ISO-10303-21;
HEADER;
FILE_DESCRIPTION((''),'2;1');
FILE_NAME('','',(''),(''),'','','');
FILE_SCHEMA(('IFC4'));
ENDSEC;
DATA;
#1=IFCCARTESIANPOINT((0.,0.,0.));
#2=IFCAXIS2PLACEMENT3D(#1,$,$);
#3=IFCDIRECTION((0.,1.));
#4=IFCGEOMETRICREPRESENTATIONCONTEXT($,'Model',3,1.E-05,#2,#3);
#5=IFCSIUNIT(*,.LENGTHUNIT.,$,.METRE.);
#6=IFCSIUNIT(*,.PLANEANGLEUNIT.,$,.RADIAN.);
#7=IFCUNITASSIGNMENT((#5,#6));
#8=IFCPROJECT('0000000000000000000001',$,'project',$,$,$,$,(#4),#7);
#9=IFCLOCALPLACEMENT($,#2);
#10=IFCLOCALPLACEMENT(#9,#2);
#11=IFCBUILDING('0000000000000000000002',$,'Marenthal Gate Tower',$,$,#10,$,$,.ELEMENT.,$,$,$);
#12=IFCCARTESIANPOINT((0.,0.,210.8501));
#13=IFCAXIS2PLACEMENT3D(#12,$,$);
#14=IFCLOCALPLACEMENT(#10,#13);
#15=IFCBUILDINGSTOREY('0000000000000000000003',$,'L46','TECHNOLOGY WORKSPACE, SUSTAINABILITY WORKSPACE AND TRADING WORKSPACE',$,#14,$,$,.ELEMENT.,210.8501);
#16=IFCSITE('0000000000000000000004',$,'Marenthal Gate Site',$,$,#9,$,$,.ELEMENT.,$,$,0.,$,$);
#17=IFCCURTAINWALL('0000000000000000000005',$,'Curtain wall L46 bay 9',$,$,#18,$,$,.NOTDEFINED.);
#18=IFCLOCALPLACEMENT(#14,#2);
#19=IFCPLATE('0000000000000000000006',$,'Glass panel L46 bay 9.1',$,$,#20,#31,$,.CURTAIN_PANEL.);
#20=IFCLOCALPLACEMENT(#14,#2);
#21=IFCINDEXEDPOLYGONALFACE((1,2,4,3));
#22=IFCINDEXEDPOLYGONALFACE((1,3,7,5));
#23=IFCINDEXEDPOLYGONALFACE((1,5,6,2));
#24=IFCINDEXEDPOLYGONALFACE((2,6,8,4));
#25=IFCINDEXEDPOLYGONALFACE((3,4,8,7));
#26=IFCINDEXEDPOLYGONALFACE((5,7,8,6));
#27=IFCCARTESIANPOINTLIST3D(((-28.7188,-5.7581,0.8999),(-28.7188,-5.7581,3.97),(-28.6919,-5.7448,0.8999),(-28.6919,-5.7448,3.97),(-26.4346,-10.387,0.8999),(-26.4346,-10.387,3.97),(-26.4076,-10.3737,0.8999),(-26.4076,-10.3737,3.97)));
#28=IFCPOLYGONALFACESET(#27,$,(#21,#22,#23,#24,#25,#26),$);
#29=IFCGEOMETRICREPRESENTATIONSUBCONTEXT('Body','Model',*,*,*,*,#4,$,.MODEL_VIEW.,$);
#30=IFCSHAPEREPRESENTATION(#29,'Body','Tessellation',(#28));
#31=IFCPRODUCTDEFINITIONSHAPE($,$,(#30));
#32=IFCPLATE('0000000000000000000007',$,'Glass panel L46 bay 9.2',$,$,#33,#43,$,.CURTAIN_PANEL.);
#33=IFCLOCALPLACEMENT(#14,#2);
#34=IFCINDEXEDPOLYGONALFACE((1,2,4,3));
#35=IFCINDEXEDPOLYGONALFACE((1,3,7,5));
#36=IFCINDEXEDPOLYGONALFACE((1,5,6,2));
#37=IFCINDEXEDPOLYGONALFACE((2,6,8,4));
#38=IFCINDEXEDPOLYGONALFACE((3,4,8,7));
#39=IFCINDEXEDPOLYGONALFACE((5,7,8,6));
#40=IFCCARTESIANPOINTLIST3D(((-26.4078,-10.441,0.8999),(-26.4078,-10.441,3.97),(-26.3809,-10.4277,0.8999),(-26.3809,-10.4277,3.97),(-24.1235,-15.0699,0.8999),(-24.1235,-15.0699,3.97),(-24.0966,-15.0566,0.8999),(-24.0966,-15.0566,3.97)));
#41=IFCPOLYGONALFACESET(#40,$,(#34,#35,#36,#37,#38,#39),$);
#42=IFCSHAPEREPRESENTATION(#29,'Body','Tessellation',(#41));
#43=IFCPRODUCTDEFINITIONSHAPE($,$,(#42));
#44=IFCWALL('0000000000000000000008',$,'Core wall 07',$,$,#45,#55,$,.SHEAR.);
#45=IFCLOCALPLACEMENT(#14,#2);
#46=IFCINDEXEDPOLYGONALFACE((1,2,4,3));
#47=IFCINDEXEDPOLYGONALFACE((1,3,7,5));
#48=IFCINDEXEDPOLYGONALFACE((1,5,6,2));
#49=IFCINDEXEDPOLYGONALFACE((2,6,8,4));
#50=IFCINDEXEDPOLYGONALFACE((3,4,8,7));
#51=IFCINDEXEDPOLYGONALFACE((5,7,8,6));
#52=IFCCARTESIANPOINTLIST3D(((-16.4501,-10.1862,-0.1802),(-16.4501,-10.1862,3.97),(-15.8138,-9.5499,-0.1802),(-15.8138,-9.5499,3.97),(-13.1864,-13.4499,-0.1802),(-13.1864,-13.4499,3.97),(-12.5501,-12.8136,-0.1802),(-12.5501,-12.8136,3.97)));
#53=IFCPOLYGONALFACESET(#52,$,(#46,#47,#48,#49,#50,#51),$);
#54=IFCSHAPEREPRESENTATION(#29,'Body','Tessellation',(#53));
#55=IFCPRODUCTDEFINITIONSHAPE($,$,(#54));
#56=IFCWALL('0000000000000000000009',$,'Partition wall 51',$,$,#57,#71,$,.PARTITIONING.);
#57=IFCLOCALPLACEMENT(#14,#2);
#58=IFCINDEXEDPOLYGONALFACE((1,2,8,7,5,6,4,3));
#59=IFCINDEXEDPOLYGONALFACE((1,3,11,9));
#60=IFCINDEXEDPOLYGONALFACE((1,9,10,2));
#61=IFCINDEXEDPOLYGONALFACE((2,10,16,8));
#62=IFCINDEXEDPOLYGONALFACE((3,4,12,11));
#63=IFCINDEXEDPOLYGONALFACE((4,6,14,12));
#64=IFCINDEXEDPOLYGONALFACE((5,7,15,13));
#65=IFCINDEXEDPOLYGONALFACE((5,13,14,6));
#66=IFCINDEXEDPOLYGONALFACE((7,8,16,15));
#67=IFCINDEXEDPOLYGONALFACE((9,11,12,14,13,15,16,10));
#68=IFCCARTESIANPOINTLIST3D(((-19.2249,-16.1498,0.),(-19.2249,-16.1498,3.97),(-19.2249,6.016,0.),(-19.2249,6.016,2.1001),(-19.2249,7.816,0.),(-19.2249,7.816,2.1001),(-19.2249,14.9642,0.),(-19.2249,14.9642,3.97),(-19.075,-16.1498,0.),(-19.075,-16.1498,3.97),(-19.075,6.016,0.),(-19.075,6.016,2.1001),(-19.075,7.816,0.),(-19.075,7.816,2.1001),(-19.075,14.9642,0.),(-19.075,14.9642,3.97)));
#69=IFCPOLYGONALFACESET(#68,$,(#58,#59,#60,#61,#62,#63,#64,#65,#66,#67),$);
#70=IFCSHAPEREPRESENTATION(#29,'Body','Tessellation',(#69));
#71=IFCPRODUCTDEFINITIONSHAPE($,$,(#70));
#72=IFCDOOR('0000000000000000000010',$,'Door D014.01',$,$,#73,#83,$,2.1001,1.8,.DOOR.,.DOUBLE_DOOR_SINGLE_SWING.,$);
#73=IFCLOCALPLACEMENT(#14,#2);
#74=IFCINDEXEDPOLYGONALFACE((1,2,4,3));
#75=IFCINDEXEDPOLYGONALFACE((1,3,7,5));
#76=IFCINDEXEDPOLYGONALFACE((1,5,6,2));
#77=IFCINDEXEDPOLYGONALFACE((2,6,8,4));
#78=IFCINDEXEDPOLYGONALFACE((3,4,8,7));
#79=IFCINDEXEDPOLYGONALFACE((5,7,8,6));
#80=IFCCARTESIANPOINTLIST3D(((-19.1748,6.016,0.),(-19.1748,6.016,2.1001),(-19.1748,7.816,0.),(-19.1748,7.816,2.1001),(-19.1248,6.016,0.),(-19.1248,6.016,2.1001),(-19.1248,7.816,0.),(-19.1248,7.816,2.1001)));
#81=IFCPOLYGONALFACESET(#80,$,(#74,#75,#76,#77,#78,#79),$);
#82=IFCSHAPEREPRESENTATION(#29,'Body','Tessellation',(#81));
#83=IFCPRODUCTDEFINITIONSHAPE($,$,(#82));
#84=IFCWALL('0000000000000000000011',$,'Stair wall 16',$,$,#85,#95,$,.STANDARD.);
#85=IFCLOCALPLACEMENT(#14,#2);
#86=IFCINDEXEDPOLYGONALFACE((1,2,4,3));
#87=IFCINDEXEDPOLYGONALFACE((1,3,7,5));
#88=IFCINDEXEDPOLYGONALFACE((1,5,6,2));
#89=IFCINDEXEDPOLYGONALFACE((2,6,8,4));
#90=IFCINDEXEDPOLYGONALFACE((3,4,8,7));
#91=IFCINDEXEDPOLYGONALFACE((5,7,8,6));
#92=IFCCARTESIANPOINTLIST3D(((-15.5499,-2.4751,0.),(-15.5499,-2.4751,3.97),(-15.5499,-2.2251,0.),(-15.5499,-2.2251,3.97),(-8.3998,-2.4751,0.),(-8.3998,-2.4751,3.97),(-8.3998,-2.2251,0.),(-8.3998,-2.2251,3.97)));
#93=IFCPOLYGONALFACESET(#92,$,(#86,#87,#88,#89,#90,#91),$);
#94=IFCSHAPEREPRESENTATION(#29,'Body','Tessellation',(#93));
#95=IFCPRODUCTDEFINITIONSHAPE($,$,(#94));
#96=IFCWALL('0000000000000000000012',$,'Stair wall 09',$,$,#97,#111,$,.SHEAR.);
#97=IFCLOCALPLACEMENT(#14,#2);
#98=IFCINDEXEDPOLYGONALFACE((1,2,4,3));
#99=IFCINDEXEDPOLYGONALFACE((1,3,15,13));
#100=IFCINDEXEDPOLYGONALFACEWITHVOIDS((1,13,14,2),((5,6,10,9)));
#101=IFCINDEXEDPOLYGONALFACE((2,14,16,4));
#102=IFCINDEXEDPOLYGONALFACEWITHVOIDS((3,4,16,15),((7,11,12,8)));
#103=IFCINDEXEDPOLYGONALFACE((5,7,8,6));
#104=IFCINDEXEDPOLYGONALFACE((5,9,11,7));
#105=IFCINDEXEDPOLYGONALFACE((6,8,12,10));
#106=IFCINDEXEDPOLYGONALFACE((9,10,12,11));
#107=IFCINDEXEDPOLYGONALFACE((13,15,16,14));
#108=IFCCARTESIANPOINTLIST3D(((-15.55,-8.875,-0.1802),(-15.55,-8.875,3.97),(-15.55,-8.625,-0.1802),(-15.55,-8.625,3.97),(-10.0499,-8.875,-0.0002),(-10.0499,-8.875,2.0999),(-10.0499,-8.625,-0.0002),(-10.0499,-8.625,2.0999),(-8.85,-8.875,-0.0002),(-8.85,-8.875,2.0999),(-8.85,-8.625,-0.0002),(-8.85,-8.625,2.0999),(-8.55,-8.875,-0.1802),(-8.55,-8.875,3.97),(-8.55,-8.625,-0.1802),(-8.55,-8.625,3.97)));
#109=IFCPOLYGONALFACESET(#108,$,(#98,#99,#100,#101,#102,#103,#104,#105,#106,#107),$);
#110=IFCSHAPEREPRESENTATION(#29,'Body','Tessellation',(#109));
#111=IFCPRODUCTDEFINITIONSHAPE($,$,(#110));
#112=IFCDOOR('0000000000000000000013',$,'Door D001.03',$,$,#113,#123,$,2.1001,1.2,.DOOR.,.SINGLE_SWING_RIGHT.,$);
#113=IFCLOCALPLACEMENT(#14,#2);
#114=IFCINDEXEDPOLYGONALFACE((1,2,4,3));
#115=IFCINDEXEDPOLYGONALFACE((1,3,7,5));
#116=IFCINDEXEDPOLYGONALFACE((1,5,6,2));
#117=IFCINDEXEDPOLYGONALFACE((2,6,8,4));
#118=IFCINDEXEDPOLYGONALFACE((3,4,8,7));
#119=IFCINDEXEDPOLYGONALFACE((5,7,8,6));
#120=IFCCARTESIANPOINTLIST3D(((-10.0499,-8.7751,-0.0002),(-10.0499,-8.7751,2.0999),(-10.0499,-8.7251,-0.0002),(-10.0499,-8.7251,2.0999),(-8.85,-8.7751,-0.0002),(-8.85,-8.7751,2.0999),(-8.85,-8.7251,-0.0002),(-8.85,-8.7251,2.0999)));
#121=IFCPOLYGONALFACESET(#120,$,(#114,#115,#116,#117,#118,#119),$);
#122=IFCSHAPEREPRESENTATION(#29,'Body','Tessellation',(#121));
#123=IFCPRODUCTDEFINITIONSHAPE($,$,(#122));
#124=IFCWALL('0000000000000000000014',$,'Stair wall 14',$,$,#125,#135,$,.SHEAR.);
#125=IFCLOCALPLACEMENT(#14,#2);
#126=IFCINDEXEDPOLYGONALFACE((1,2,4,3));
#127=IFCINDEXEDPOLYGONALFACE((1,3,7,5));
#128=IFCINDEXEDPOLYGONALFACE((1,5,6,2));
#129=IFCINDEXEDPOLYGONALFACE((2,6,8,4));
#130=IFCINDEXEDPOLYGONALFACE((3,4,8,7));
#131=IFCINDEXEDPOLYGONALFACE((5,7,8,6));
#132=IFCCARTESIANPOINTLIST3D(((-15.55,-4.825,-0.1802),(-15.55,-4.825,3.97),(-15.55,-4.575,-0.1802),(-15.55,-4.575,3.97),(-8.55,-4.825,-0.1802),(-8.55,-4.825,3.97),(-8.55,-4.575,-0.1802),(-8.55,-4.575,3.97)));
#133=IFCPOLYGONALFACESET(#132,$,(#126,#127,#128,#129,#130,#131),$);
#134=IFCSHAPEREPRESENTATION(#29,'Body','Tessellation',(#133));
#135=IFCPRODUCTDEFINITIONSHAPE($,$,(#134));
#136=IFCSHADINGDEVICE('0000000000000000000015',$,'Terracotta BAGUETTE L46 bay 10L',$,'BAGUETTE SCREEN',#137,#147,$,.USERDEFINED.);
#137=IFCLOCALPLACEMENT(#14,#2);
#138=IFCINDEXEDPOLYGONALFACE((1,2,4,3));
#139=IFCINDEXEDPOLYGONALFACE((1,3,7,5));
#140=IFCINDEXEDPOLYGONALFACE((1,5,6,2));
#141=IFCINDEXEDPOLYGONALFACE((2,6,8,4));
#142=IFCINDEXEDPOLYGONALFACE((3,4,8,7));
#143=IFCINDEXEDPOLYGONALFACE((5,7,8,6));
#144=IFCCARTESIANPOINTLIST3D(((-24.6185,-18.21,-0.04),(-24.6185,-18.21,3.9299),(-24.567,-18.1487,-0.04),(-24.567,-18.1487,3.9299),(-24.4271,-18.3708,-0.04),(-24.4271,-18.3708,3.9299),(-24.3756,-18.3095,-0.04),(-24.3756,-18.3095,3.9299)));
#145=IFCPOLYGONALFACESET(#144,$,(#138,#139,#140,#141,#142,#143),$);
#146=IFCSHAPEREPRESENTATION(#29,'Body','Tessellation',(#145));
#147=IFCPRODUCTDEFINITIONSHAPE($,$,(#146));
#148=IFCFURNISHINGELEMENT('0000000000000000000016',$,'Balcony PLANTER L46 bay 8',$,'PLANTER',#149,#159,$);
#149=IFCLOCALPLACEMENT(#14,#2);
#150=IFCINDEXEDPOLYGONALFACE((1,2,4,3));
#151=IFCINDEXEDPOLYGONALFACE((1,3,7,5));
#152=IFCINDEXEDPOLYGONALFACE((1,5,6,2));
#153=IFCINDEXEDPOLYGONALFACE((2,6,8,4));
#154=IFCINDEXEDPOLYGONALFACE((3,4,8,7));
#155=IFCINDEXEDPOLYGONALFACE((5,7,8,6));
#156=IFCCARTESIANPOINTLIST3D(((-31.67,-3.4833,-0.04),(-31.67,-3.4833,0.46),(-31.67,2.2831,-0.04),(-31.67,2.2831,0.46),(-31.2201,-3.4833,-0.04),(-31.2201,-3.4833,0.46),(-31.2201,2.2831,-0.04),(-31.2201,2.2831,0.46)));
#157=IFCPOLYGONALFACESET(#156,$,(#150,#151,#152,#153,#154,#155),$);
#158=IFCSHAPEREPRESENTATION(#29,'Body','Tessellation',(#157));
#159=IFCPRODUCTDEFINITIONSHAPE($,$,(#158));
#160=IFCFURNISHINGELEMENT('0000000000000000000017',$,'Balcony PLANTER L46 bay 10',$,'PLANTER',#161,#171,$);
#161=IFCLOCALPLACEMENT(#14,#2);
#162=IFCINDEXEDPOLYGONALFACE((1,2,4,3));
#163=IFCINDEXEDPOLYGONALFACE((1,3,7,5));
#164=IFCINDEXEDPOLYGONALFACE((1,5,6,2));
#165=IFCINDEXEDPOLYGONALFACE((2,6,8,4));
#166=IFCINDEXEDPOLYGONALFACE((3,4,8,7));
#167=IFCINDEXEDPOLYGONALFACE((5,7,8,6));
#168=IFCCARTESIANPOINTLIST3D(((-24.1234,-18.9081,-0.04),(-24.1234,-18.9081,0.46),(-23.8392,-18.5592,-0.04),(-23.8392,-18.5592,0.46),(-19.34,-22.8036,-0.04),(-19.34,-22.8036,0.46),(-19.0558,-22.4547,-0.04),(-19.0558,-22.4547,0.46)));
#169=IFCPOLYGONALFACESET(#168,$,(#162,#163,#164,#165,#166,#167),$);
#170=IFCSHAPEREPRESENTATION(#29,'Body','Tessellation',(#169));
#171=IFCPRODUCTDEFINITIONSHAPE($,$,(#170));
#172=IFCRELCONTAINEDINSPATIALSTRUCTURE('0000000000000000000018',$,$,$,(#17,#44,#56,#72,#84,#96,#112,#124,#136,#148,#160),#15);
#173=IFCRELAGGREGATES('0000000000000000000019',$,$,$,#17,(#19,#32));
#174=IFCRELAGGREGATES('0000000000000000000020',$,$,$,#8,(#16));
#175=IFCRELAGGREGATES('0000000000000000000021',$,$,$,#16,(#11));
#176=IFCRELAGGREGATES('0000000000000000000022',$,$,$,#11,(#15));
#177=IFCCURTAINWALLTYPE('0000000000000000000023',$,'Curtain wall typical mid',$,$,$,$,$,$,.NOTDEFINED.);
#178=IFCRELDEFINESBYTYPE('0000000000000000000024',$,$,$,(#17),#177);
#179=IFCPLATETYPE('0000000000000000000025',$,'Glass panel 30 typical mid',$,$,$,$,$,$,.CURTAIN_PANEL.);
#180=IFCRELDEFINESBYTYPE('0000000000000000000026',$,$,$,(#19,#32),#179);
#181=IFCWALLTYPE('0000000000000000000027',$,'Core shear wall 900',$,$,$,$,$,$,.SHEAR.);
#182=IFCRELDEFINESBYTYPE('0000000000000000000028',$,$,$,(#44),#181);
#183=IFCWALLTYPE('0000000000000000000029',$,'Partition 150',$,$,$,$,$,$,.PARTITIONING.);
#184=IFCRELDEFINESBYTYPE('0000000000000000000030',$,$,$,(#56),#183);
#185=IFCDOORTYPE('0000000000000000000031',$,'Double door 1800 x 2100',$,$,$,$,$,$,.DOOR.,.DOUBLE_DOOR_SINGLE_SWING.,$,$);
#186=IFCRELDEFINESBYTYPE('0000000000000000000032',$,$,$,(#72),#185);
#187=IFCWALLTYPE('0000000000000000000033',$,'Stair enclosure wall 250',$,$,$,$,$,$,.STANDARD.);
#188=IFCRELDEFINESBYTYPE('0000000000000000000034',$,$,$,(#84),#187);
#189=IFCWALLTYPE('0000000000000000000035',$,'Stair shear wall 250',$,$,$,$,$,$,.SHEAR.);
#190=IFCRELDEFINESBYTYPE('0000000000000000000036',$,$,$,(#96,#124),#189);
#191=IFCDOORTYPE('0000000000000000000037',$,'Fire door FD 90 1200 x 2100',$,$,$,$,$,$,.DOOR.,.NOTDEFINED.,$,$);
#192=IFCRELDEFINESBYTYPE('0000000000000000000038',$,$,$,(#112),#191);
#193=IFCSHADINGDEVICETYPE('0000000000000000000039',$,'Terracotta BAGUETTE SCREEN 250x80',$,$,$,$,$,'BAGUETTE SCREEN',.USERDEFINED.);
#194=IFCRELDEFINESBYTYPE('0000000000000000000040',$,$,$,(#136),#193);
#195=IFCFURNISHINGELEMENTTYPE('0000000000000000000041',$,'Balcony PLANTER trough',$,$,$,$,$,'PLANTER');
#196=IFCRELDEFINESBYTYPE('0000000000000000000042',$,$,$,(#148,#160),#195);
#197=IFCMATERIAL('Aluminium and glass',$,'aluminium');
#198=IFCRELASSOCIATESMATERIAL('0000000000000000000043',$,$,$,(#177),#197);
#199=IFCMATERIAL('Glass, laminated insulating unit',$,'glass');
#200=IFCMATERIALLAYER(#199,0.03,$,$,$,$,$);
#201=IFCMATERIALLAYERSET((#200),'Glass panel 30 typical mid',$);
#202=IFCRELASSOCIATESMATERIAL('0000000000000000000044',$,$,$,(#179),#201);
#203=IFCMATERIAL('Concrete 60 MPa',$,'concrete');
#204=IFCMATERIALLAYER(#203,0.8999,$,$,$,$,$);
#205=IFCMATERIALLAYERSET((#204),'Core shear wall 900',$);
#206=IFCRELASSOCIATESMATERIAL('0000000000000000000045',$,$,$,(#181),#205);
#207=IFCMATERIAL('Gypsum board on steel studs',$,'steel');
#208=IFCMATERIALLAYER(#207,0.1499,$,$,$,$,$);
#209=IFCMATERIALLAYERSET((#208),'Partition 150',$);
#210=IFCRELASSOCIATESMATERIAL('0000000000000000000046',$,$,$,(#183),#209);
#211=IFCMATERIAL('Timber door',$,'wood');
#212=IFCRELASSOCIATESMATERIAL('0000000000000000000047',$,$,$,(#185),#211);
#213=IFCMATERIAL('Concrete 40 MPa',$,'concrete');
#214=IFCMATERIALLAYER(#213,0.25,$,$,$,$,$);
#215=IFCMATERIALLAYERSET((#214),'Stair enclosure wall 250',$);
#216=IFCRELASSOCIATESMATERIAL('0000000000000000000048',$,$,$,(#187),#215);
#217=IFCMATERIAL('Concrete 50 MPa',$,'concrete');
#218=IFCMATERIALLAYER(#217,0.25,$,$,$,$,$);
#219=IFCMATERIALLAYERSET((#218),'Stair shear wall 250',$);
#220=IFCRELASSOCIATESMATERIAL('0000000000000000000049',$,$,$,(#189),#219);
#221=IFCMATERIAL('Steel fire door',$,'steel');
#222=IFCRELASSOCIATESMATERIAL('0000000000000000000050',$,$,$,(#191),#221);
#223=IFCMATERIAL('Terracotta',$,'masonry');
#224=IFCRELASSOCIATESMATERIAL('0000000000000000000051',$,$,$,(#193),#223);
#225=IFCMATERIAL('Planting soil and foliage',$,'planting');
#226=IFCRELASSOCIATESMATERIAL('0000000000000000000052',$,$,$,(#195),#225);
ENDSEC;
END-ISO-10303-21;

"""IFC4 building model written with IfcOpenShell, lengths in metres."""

from ifc_helpers import new_model, si_unit, direction, frame, frame_2d, origin, origin_2d, place, context, subcontext, project, spatial, rectangle, extrude, material, layer, layer_set, material_profile, profile_set, type_object, element, fill, aggregate, save


model = new_model("IFC4")

# Units and contexts
model_context = context("Model", 3, precision=1e-05, world=origin(), true_north=direction((0.0, 1.0)))
body_context = subcontext(model_context, "Body", "Model", "MODEL_VIEW")
ifc_project = project(units=[si_unit("LENGTHUNIT", "METRE"), si_unit("PLANEANGLEUNIT", "RADIAN")], contexts=[model_context])

# Site, building, storey
site_placement = place(None, origin())
site = spatial("IfcSite", under=ifc_project, at=site_placement, Name="Marenthal Gate Site", CompositionType="ELEMENT", RefElevation=0.0)
building_placement = place(site_placement, origin())
building = spatial("IfcBuilding", under=site, at=building_placement, Name="Marenthal Gate Tower", CompositionType="ELEMENT")
storey_placement = place(building_placement, frame((0.0, 0.0, 210.8501)))
storey = spatial("IfcBuildingStorey", under=building, at=storey_placement, Name="L46", Description="TECHNOLOGY WORKSPACE, SUSTAINABILITY WORKSPACE AND TRADING WORKSPACE", CompositionType="ELEMENT", Elevation=210.8501)

# Curtain wall
ifc_material_1 = material(Name="Aluminium and glass", Category="aluminium")
curtain_wall_type = type_object("IfcCurtainWallType", Name="Curtain wall typical mid", PredefinedType="NOTDEFINED", material=ifc_material_1)
curtain_wall_1_placement = place(storey_placement, origin())
curtain_wall_1 = element("IfcCurtainWall", 1, at=curtain_wall_1_placement, inside=storey, type_object=curtain_wall_type, Name="Curtain wall L46 bay 9", PredefinedType="NOTDEFINED")

# Plates
ifc_material_2 = material(Name="Glass, laminated insulating unit", Category="glass")
ifc_layer_1 = layer(ifc_material_2, 0.03)
ifc_layer_set_1 = layer_set([ifc_layer_1], Name="Glass panel 30 typical mid")
plate_type = type_object("IfcPlateType", Name="Glass panel 30 typical mid", PredefinedType="CURTAIN_PANEL", material=ifc_layer_set_1)
plate_1_placement = place(storey_placement, frame((-27.5632, -8.0659, 0.8999), z_axis=(0.0, 0.0, 1.0), x_axis=(0.442523, -0.896757, 0.0)))
plate_1 = element("IfcPlate", 2, at=plate_1_placement, type_object=plate_type, Name="Glass panel L46 bay 9.1", PredefinedType="CURTAIN_PANEL", context=body_context, shape_type="SweptSolid", body=[
    extrude(rectangle(XDim=5.1619, YDim=0.03, at=origin_2d()), origin(), (0.0, 0.0, 1.0), 3.0701),
])
plate_2_placement = place(storey_placement, frame((-25.2522, -12.7488, 0.8999), z_axis=(0.0, 0.0, 1.0), x_axis=(0.442523, -0.896757, 0.0)))
plate_2 = element("IfcPlate", 3, at=plate_2_placement, type_object=plate_type, Name="Glass panel L46 bay 9.2", PredefinedType="CURTAIN_PANEL", context=body_context, shape_type="SweptSolid", body=[
    extrude(rectangle(XDim=5.1619, YDim=0.03, at=origin_2d()), origin(), (0.0, 0.0, 1.0), 3.0701),
])
aggregate(curtain_wall_1, [plate_1, plate_2])

# Wall
ifc_material_3 = material(Name="Concrete 60 MPa", Category="concrete")
ifc_layer_2 = layer(ifc_material_3, 0.8999)
ifc_layer_set_2 = layer_set([ifc_layer_2], Name="Core shear wall 900")
wall_type_1 = type_object("IfcWallType", Name="Core shear wall 900", PredefinedType="SHEAR", material=ifc_layer_set_2)
wall_1_placement = place(storey_placement, frame((-16.1318, -9.8682, -0.1802), z_axis=(0.0, 0.0, 1.0), x_axis=(0.707107, -0.707107, 0.0)))
element("IfcWall", 4, at=wall_1_placement, inside=storey, type_object=wall_type_1, Name="Core wall 07", PredefinedType="SHEAR", context=body_context, shape_type="SweptSolid", body=[
    extrude(rectangle(XDim=4.6155, YDim=0.8999, at=frame_2d((2.3076, 0.0))), origin(), (0.0, 0.0, 1.0), 4.1501),
])

# Wall, opening, door
ifc_material_4 = material(Name="Gypsum board on steel studs", Category="steel")
ifc_layer_3 = layer(ifc_material_4, 0.1499)
ifc_layer_set_3 = layer_set([ifc_layer_3], Name="Partition 150")
wall_type_2 = type_object("IfcWallType", Name="Partition 150", PredefinedType="PARTITIONING", material=ifc_layer_set_3)
wall_2_placement = place(storey_placement, frame((-19.1499, -16.1499, 0.0), z_axis=(0.0, 0.0, 1.0), x_axis=(0.0, 1.0, 0.0)))
wall_2 = element("IfcWall", 5, at=wall_2_placement, inside=storey, type_object=wall_type_2, Name="Partition wall 51", PredefinedType="PARTITIONING", context=body_context, shape_type="SweptSolid", body=[
    extrude(rectangle(XDim=31.114, YDim=0.1499, at=frame_2d((15.5571, 0.0))), origin(), (0.0, 0.0, 1.0), 3.97),
])
opening_1_placement = place(wall_2_placement, frame((22.166, 0.0, 0.0)))
opening_1 = element("IfcOpeningElement", 6, at=opening_1_placement, cuts=wall_2, PredefinedType="OPENING", context=body_context, shape_type="SweptSolid", body=[
    extrude(rectangle(XDim=1.8, YDim=2.1001, at=frame_2d((0.8999, 1.05))), frame((0.0, 0.085, 0.0), z_axis=(0.0, -1.0, 0.0), x_axis=(1.0, 0.0, 0.0)), (0.0, 0.0, 1.0), 0.1699),
])
ifc_material_5 = material(Name="Timber door", Category="wood")
door_type_1 = type_object("IfcDoorType", Name="Double door 1800 x 2100", OperationType="DOUBLE_DOOR_SINGLE_SWING", PredefinedType="DOOR", material=ifc_material_5)
door_1_placement = place(opening_1_placement, origin())
door_1 = element("IfcDoor", 7, at=door_1_placement, inside=storey, type_object=door_type_1, Name="Door D014.01", OperationType="DOUBLE_DOOR_SINGLE_SWING", OverallHeight=2.1001, OverallWidth=1.8, PredefinedType="DOOR", context=body_context, shape_type="SweptSolid", body=[
    extrude(rectangle(XDim=1.8, YDim=2.1001, at=frame_2d((0.8999, 1.05))), frame((0.0, 0.0249, 0.0), z_axis=(0.0, -1.0, 0.0), x_axis=(1.0, 0.0, 0.0)), (0.0, 0.0, 1.0), 0.05),
])
fill(opening_1, door_1)

# Wall
ifc_material_6 = material(Name="Concrete 40 MPa", Category="concrete")
ifc_layer_4 = layer(ifc_material_6, 0.25)
ifc_layer_set_4 = layer_set([ifc_layer_4], Name="Stair enclosure wall 250")
wall_type_3 = type_object("IfcWallType", Name="Stair enclosure wall 250", PredefinedType="STANDARD", material=ifc_layer_set_4)
wall_3_placement = place(storey_placement, frame((-15.55, -2.3501, 0.0), z_axis=(0.0, 0.0, 1.0), x_axis=(1.0, 0.0, 0.0)))
element("IfcWall", 8, at=wall_3_placement, inside=storey, type_object=wall_type_3, Name="Stair wall 16", PredefinedType="STANDARD", context=body_context, shape_type="SweptSolid", body=[
    extrude(rectangle(XDim=7.1501, YDim=0.25, at=frame_2d((3.5752, 0.0))), origin(), (0.0, 0.0, 1.0), 3.97),
])

# Wall, opening, door
ifc_material_7 = material(Name="Concrete 50 MPa", Category="concrete")
ifc_layer_5 = layer(ifc_material_7, 0.25)
ifc_layer_set_5 = layer_set([ifc_layer_5], Name="Stair shear wall 250")
wall_type_4 = type_object("IfcWallType", Name="Stair shear wall 250", PredefinedType="SHEAR", material=ifc_layer_set_5)
wall_4_placement = place(storey_placement, frame((-15.55, -8.75, -0.1802), z_axis=(0.0, 0.0, 1.0), x_axis=(1.0, 0.0, 0.0)))
wall_4 = element("IfcWall", 9, at=wall_4_placement, inside=storey, type_object=wall_type_4, Name="Stair wall 09", PredefinedType="SHEAR", context=body_context, shape_type="SweptSolid", body=[
    extrude(rectangle(XDim=7.0, YDim=0.25, at=frame_2d((3.5, 0.0))), origin(), (0.0, 0.0, 1.0), 4.1501),
])
opening_2_placement = place(wall_4_placement, frame((5.5, 0.0, 0.1799)))
opening_2 = element("IfcOpeningElement", 10, at=opening_2_placement, cuts=wall_4, PredefinedType="OPENING", context=body_context, shape_type="SweptSolid", body=[
    extrude(rectangle(XDim=1.2, YDim=2.1001, at=frame_2d((0.6001, 1.05))), frame((0.0, 0.135, 0.0), z_axis=(0.0, -1.0, 0.0), x_axis=(1.0, 0.0, 0.0)), (0.0, 0.0, 1.0), 0.27),
])
ifc_material_8 = material(Name="Steel fire door", Category="steel")
door_type_2 = type_object("IfcDoorType", Name="Fire door FD 90 1200 x 2100", OperationType="NOTDEFINED", PredefinedType="DOOR", material=ifc_material_8)
door_2_placement = place(opening_2_placement, origin())
door_2 = element("IfcDoor", 11, at=door_2_placement, inside=storey, type_object=door_type_2, Name="Door D001.03", OperationType="SINGLE_SWING_RIGHT", OverallHeight=2.1001, OverallWidth=1.2, PredefinedType="DOOR", context=body_context, shape_type="SweptSolid", body=[
    extrude(rectangle(XDim=1.2, YDim=2.1001, at=frame_2d((0.6001, 1.05))), frame((0.0, 0.0249, 0.0), z_axis=(0.0, -1.0, 0.0), x_axis=(1.0, 0.0, 0.0)), (0.0, 0.0, 1.0), 0.05),
])
fill(opening_2, door_2)

# Wall
wall_5_placement = place(storey_placement, frame((-15.55, -4.7, -0.1802), z_axis=(0.0, 0.0, 1.0), x_axis=(1.0, 0.0, 0.0)))
element("IfcWall", 12, at=wall_5_placement, inside=storey, type_object=wall_type_4, Name="Stair wall 14", PredefinedType="SHEAR", context=body_context, shape_type="SweptSolid", body=[
    extrude(rectangle(XDim=7.0, YDim=0.25, at=frame_2d((3.5, 0.0))), origin(), (0.0, 0.0, 1.0), 4.1501),
])

# Shading device
ifc_material_9 = material(Name="Terracotta", Category="masonry")
ifc_material_profile_1 = material_profile(ifc_material_9, rectangle(XDim=0.25, YDim=0.0801, at=origin_2d()), Name="Terracotta baguette 250x80")
ifc_profile_set_1 = profile_set([ifc_material_profile_1], Name="Terracotta")
shading_device_type = type_object("IfcShadingDeviceType", Name="Terracotta BAGUETTE SCREEN 250x80", ElementType="BAGUETTE SCREEN", PredefinedType="USERDEFINED", material=ifc_profile_set_1)
shading_device_placement = place(storey_placement, frame((-24.4971, -18.2598, -0.04), z_axis=(0.0, 0.0, 1.0), x_axis=(0.765628, -0.643284, 0.0)))
element("IfcShadingDevice", 13, at=shading_device_placement, inside=storey, type_object=shading_device_type, Name="Terracotta BAGUETTE L46 bay 10L", ObjectType="BAGUETTE SCREEN", PredefinedType="USERDEFINED", context=body_context, shape_type="SweptSolid", body=[
    extrude(rectangle(XDim=0.25, YDim=0.0801, at=origin_2d()), origin(), (0.0, 0.0, 1.0), 3.97),
])

# Furnishing elements
ifc_material_10 = material(Name="Planting soil and foliage", Category="planting")
furnishing_element_type = type_object("IfcFurnishingElementType", Name="Balcony PLANTER trough", ElementType="PLANTER", material=ifc_material_10)
furnishing_1_placement = place(storey_placement, frame((-31.4451, -0.6001, -0.04), z_axis=(0.0, 0.0, 1.0), x_axis=(0.0, -1.0, 0.0)))
element("IfcFurnishingElement", 14, at=furnishing_1_placement, inside=storey, type_object=furnishing_element_type, Name="Balcony PLANTER L46 bay 8", ObjectType="PLANTER", context=body_context, shape_type="SweptSolid", body=[
    extrude(rectangle(XDim=5.7664, YDim=0.45, at=origin_2d()), origin(), (0.0, 0.0, 1.0), 0.5),
])
furnishing_2_placement = place(storey_placement, frame((-21.5896, -20.6814, -0.04), z_axis=(0.0, 0.0, 1.0), x_axis=(0.775396, -0.631476, 0.0)))
element("IfcFurnishingElement", 15, at=furnishing_2_placement, inside=storey, type_object=furnishing_element_type, Name="Balcony PLANTER L46 bay 10", ObjectType="PLANTER", context=body_context, shape_type="SweptSolid", body=[
    extrude(rectangle(XDim=6.1689, YDim=0.45, at=origin_2d()), origin(), (0.0, 0.0, 1.0), 0.5),
])

save(model, "model.ifc")
